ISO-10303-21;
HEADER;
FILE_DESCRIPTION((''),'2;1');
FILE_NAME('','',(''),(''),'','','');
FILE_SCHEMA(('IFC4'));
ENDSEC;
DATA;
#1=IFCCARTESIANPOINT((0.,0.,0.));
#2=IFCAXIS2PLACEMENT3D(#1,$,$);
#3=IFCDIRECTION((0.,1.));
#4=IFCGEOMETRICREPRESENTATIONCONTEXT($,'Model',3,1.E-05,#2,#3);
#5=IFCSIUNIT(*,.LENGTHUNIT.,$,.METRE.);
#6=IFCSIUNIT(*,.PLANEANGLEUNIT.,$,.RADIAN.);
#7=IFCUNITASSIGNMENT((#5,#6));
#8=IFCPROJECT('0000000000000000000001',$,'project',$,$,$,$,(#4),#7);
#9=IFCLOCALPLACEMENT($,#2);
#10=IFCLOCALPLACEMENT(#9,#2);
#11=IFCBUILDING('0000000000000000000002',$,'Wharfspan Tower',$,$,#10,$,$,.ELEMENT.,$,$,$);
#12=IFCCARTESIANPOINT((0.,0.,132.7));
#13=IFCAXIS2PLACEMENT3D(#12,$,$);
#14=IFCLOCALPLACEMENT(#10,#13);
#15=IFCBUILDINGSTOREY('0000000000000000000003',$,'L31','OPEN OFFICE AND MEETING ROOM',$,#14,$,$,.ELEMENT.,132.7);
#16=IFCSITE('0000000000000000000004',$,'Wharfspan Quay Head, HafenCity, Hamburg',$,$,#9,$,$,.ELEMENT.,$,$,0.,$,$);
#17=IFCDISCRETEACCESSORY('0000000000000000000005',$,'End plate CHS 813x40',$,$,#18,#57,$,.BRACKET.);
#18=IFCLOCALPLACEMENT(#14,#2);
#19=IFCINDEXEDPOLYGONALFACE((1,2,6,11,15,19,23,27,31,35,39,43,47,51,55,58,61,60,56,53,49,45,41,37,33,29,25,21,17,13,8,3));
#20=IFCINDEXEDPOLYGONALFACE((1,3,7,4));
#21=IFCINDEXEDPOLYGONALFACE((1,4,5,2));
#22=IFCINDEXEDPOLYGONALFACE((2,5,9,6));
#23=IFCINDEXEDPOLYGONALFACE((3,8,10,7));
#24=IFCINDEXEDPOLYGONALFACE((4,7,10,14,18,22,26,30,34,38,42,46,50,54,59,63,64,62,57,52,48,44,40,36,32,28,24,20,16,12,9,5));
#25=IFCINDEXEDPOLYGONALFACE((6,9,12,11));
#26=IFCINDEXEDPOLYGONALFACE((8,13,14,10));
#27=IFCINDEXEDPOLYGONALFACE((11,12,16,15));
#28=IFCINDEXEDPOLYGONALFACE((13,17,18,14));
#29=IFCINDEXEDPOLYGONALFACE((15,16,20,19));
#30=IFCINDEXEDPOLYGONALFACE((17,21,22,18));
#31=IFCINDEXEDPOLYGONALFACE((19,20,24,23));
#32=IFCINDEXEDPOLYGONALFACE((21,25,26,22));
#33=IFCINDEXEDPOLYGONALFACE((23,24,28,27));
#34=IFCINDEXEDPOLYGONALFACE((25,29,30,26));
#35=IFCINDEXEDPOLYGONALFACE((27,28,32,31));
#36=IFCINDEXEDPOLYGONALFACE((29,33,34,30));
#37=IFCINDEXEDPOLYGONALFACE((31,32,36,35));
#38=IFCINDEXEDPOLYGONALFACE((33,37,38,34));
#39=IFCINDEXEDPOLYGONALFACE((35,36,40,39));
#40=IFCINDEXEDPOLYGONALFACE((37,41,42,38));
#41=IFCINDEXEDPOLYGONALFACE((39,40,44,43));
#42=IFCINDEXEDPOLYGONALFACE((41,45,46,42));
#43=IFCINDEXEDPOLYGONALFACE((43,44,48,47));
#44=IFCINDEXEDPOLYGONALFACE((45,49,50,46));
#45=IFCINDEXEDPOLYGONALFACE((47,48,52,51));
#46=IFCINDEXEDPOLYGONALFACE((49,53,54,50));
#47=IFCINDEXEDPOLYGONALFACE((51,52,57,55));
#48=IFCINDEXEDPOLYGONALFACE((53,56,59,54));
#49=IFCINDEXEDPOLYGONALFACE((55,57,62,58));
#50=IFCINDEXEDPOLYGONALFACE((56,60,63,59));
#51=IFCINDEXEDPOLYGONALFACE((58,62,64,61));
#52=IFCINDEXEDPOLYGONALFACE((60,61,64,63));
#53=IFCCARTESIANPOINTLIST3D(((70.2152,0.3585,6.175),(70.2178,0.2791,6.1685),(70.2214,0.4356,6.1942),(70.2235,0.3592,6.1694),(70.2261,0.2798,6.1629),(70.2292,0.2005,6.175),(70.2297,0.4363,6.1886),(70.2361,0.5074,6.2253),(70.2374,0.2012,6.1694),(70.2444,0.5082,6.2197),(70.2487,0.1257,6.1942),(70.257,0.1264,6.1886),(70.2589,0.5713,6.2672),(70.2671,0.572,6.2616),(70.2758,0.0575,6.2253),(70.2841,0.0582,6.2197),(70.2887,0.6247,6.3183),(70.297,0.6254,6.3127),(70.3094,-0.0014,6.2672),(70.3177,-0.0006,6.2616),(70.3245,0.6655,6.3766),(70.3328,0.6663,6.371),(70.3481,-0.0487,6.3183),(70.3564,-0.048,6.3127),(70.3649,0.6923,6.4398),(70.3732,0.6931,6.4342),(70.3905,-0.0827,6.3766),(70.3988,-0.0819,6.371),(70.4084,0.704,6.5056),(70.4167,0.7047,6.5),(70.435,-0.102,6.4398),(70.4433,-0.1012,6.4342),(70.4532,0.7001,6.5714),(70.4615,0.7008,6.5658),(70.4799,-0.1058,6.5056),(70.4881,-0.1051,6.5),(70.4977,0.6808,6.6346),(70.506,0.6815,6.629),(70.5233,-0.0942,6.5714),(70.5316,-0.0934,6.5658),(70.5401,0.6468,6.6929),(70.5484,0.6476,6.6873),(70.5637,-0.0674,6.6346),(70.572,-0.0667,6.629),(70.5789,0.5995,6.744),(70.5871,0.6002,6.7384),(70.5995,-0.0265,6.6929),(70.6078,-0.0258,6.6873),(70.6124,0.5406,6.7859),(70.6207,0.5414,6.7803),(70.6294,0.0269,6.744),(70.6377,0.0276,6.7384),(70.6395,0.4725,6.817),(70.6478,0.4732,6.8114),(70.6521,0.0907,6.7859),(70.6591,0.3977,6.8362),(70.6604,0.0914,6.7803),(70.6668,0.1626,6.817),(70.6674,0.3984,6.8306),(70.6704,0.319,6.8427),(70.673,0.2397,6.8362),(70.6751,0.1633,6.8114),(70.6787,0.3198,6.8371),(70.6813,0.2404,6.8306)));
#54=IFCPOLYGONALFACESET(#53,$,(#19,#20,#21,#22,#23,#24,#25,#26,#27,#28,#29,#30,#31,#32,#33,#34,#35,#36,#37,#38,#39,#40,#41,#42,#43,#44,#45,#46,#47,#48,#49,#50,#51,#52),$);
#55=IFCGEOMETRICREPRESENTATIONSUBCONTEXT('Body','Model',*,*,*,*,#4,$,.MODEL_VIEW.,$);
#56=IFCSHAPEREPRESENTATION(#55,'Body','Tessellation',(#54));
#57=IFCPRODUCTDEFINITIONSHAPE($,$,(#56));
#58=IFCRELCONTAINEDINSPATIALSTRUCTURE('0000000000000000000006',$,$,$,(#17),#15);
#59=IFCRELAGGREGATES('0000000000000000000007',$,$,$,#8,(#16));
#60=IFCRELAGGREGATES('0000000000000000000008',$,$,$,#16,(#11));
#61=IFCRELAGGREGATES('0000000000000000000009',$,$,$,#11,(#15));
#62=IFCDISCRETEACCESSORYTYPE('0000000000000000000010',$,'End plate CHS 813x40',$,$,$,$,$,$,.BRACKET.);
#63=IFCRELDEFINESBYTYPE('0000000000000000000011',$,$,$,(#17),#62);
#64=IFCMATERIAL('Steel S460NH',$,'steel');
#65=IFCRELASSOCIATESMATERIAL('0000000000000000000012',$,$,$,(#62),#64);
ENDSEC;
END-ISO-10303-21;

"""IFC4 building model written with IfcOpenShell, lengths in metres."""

from ifc_helpers import new_model, si_unit, direction, frame, origin, origin_2d, place, context, subcontext, project, spatial, circle, extrude, material, material_profile, profile_set, type_object, element, save


model = new_model("IFC4")

# Units and contexts
model_context = context("Model", 3, precision=1e-05, world=origin(), true_north=direction((0.0, 1.0)))
body_context = subcontext(model_context, "Body", "Model", "MODEL_VIEW")
ifc_project = project(units=[si_unit("LENGTHUNIT", "METRE"), si_unit("PLANEANGLEUNIT", "RADIAN")], contexts=[model_context])

# Site, building, storey
site_placement = place(None, origin())
site = spatial("IfcSite", under=ifc_project, at=site_placement, Name="Wharfspan Quay Head, HafenCity, Hamburg", CompositionType="ELEMENT", RefElevation=0.0)
building_placement = place(site_placement, origin())
building = spatial("IfcBuilding", under=site, at=building_placement, Name="Wharfspan Tower", CompositionType="ELEMENT")
storey_placement = place(building_placement, frame((0.0, 0.0, 132.7)))
storey = spatial("IfcBuildingStorey", under=building, at=storey_placement, Name="L31", Description="OPEN OFFICE AND MEETING ROOM", CompositionType="ELEMENT", Elevation=132.7)

# Discrete accessory
ifc_material_1 = material(Name="Steel S460NH", Category="steel")
ifc_material_profile_1 = material_profile(ifc_material_1, circle(Radius=0.4065, at=origin_2d()))
ifc_profile_set_1 = profile_set([ifc_material_profile_1], Name="Steel S460NH")
discrete_accessory_type = type_object("IfcDiscreteAccessoryType", Name="End plate CHS 813x40", PredefinedType="BRACKET", material=ifc_profile_set_1)
discrete_accessory_placement = place(storey_placement, frame((70.4524, 0.2998, 6.5), z_axis=(-0.82608, -0.072889, 0.558819), x_axis=(0.087894, -0.99613, 0.000001)))
element("IfcDiscreteAccessory", 1, at=discrete_accessory_placement, inside=storey, type_object=discrete_accessory_type, Name="End plate CHS 813x40", PredefinedType="BRACKET", context=body_context, shape_type="SweptSolid", body=[
    extrude(circle(Radius=0.4065, at=origin_2d()), origin(), (0.0, 0.0, 1.0), 0.01),
])

save(model, "model.ifc")
